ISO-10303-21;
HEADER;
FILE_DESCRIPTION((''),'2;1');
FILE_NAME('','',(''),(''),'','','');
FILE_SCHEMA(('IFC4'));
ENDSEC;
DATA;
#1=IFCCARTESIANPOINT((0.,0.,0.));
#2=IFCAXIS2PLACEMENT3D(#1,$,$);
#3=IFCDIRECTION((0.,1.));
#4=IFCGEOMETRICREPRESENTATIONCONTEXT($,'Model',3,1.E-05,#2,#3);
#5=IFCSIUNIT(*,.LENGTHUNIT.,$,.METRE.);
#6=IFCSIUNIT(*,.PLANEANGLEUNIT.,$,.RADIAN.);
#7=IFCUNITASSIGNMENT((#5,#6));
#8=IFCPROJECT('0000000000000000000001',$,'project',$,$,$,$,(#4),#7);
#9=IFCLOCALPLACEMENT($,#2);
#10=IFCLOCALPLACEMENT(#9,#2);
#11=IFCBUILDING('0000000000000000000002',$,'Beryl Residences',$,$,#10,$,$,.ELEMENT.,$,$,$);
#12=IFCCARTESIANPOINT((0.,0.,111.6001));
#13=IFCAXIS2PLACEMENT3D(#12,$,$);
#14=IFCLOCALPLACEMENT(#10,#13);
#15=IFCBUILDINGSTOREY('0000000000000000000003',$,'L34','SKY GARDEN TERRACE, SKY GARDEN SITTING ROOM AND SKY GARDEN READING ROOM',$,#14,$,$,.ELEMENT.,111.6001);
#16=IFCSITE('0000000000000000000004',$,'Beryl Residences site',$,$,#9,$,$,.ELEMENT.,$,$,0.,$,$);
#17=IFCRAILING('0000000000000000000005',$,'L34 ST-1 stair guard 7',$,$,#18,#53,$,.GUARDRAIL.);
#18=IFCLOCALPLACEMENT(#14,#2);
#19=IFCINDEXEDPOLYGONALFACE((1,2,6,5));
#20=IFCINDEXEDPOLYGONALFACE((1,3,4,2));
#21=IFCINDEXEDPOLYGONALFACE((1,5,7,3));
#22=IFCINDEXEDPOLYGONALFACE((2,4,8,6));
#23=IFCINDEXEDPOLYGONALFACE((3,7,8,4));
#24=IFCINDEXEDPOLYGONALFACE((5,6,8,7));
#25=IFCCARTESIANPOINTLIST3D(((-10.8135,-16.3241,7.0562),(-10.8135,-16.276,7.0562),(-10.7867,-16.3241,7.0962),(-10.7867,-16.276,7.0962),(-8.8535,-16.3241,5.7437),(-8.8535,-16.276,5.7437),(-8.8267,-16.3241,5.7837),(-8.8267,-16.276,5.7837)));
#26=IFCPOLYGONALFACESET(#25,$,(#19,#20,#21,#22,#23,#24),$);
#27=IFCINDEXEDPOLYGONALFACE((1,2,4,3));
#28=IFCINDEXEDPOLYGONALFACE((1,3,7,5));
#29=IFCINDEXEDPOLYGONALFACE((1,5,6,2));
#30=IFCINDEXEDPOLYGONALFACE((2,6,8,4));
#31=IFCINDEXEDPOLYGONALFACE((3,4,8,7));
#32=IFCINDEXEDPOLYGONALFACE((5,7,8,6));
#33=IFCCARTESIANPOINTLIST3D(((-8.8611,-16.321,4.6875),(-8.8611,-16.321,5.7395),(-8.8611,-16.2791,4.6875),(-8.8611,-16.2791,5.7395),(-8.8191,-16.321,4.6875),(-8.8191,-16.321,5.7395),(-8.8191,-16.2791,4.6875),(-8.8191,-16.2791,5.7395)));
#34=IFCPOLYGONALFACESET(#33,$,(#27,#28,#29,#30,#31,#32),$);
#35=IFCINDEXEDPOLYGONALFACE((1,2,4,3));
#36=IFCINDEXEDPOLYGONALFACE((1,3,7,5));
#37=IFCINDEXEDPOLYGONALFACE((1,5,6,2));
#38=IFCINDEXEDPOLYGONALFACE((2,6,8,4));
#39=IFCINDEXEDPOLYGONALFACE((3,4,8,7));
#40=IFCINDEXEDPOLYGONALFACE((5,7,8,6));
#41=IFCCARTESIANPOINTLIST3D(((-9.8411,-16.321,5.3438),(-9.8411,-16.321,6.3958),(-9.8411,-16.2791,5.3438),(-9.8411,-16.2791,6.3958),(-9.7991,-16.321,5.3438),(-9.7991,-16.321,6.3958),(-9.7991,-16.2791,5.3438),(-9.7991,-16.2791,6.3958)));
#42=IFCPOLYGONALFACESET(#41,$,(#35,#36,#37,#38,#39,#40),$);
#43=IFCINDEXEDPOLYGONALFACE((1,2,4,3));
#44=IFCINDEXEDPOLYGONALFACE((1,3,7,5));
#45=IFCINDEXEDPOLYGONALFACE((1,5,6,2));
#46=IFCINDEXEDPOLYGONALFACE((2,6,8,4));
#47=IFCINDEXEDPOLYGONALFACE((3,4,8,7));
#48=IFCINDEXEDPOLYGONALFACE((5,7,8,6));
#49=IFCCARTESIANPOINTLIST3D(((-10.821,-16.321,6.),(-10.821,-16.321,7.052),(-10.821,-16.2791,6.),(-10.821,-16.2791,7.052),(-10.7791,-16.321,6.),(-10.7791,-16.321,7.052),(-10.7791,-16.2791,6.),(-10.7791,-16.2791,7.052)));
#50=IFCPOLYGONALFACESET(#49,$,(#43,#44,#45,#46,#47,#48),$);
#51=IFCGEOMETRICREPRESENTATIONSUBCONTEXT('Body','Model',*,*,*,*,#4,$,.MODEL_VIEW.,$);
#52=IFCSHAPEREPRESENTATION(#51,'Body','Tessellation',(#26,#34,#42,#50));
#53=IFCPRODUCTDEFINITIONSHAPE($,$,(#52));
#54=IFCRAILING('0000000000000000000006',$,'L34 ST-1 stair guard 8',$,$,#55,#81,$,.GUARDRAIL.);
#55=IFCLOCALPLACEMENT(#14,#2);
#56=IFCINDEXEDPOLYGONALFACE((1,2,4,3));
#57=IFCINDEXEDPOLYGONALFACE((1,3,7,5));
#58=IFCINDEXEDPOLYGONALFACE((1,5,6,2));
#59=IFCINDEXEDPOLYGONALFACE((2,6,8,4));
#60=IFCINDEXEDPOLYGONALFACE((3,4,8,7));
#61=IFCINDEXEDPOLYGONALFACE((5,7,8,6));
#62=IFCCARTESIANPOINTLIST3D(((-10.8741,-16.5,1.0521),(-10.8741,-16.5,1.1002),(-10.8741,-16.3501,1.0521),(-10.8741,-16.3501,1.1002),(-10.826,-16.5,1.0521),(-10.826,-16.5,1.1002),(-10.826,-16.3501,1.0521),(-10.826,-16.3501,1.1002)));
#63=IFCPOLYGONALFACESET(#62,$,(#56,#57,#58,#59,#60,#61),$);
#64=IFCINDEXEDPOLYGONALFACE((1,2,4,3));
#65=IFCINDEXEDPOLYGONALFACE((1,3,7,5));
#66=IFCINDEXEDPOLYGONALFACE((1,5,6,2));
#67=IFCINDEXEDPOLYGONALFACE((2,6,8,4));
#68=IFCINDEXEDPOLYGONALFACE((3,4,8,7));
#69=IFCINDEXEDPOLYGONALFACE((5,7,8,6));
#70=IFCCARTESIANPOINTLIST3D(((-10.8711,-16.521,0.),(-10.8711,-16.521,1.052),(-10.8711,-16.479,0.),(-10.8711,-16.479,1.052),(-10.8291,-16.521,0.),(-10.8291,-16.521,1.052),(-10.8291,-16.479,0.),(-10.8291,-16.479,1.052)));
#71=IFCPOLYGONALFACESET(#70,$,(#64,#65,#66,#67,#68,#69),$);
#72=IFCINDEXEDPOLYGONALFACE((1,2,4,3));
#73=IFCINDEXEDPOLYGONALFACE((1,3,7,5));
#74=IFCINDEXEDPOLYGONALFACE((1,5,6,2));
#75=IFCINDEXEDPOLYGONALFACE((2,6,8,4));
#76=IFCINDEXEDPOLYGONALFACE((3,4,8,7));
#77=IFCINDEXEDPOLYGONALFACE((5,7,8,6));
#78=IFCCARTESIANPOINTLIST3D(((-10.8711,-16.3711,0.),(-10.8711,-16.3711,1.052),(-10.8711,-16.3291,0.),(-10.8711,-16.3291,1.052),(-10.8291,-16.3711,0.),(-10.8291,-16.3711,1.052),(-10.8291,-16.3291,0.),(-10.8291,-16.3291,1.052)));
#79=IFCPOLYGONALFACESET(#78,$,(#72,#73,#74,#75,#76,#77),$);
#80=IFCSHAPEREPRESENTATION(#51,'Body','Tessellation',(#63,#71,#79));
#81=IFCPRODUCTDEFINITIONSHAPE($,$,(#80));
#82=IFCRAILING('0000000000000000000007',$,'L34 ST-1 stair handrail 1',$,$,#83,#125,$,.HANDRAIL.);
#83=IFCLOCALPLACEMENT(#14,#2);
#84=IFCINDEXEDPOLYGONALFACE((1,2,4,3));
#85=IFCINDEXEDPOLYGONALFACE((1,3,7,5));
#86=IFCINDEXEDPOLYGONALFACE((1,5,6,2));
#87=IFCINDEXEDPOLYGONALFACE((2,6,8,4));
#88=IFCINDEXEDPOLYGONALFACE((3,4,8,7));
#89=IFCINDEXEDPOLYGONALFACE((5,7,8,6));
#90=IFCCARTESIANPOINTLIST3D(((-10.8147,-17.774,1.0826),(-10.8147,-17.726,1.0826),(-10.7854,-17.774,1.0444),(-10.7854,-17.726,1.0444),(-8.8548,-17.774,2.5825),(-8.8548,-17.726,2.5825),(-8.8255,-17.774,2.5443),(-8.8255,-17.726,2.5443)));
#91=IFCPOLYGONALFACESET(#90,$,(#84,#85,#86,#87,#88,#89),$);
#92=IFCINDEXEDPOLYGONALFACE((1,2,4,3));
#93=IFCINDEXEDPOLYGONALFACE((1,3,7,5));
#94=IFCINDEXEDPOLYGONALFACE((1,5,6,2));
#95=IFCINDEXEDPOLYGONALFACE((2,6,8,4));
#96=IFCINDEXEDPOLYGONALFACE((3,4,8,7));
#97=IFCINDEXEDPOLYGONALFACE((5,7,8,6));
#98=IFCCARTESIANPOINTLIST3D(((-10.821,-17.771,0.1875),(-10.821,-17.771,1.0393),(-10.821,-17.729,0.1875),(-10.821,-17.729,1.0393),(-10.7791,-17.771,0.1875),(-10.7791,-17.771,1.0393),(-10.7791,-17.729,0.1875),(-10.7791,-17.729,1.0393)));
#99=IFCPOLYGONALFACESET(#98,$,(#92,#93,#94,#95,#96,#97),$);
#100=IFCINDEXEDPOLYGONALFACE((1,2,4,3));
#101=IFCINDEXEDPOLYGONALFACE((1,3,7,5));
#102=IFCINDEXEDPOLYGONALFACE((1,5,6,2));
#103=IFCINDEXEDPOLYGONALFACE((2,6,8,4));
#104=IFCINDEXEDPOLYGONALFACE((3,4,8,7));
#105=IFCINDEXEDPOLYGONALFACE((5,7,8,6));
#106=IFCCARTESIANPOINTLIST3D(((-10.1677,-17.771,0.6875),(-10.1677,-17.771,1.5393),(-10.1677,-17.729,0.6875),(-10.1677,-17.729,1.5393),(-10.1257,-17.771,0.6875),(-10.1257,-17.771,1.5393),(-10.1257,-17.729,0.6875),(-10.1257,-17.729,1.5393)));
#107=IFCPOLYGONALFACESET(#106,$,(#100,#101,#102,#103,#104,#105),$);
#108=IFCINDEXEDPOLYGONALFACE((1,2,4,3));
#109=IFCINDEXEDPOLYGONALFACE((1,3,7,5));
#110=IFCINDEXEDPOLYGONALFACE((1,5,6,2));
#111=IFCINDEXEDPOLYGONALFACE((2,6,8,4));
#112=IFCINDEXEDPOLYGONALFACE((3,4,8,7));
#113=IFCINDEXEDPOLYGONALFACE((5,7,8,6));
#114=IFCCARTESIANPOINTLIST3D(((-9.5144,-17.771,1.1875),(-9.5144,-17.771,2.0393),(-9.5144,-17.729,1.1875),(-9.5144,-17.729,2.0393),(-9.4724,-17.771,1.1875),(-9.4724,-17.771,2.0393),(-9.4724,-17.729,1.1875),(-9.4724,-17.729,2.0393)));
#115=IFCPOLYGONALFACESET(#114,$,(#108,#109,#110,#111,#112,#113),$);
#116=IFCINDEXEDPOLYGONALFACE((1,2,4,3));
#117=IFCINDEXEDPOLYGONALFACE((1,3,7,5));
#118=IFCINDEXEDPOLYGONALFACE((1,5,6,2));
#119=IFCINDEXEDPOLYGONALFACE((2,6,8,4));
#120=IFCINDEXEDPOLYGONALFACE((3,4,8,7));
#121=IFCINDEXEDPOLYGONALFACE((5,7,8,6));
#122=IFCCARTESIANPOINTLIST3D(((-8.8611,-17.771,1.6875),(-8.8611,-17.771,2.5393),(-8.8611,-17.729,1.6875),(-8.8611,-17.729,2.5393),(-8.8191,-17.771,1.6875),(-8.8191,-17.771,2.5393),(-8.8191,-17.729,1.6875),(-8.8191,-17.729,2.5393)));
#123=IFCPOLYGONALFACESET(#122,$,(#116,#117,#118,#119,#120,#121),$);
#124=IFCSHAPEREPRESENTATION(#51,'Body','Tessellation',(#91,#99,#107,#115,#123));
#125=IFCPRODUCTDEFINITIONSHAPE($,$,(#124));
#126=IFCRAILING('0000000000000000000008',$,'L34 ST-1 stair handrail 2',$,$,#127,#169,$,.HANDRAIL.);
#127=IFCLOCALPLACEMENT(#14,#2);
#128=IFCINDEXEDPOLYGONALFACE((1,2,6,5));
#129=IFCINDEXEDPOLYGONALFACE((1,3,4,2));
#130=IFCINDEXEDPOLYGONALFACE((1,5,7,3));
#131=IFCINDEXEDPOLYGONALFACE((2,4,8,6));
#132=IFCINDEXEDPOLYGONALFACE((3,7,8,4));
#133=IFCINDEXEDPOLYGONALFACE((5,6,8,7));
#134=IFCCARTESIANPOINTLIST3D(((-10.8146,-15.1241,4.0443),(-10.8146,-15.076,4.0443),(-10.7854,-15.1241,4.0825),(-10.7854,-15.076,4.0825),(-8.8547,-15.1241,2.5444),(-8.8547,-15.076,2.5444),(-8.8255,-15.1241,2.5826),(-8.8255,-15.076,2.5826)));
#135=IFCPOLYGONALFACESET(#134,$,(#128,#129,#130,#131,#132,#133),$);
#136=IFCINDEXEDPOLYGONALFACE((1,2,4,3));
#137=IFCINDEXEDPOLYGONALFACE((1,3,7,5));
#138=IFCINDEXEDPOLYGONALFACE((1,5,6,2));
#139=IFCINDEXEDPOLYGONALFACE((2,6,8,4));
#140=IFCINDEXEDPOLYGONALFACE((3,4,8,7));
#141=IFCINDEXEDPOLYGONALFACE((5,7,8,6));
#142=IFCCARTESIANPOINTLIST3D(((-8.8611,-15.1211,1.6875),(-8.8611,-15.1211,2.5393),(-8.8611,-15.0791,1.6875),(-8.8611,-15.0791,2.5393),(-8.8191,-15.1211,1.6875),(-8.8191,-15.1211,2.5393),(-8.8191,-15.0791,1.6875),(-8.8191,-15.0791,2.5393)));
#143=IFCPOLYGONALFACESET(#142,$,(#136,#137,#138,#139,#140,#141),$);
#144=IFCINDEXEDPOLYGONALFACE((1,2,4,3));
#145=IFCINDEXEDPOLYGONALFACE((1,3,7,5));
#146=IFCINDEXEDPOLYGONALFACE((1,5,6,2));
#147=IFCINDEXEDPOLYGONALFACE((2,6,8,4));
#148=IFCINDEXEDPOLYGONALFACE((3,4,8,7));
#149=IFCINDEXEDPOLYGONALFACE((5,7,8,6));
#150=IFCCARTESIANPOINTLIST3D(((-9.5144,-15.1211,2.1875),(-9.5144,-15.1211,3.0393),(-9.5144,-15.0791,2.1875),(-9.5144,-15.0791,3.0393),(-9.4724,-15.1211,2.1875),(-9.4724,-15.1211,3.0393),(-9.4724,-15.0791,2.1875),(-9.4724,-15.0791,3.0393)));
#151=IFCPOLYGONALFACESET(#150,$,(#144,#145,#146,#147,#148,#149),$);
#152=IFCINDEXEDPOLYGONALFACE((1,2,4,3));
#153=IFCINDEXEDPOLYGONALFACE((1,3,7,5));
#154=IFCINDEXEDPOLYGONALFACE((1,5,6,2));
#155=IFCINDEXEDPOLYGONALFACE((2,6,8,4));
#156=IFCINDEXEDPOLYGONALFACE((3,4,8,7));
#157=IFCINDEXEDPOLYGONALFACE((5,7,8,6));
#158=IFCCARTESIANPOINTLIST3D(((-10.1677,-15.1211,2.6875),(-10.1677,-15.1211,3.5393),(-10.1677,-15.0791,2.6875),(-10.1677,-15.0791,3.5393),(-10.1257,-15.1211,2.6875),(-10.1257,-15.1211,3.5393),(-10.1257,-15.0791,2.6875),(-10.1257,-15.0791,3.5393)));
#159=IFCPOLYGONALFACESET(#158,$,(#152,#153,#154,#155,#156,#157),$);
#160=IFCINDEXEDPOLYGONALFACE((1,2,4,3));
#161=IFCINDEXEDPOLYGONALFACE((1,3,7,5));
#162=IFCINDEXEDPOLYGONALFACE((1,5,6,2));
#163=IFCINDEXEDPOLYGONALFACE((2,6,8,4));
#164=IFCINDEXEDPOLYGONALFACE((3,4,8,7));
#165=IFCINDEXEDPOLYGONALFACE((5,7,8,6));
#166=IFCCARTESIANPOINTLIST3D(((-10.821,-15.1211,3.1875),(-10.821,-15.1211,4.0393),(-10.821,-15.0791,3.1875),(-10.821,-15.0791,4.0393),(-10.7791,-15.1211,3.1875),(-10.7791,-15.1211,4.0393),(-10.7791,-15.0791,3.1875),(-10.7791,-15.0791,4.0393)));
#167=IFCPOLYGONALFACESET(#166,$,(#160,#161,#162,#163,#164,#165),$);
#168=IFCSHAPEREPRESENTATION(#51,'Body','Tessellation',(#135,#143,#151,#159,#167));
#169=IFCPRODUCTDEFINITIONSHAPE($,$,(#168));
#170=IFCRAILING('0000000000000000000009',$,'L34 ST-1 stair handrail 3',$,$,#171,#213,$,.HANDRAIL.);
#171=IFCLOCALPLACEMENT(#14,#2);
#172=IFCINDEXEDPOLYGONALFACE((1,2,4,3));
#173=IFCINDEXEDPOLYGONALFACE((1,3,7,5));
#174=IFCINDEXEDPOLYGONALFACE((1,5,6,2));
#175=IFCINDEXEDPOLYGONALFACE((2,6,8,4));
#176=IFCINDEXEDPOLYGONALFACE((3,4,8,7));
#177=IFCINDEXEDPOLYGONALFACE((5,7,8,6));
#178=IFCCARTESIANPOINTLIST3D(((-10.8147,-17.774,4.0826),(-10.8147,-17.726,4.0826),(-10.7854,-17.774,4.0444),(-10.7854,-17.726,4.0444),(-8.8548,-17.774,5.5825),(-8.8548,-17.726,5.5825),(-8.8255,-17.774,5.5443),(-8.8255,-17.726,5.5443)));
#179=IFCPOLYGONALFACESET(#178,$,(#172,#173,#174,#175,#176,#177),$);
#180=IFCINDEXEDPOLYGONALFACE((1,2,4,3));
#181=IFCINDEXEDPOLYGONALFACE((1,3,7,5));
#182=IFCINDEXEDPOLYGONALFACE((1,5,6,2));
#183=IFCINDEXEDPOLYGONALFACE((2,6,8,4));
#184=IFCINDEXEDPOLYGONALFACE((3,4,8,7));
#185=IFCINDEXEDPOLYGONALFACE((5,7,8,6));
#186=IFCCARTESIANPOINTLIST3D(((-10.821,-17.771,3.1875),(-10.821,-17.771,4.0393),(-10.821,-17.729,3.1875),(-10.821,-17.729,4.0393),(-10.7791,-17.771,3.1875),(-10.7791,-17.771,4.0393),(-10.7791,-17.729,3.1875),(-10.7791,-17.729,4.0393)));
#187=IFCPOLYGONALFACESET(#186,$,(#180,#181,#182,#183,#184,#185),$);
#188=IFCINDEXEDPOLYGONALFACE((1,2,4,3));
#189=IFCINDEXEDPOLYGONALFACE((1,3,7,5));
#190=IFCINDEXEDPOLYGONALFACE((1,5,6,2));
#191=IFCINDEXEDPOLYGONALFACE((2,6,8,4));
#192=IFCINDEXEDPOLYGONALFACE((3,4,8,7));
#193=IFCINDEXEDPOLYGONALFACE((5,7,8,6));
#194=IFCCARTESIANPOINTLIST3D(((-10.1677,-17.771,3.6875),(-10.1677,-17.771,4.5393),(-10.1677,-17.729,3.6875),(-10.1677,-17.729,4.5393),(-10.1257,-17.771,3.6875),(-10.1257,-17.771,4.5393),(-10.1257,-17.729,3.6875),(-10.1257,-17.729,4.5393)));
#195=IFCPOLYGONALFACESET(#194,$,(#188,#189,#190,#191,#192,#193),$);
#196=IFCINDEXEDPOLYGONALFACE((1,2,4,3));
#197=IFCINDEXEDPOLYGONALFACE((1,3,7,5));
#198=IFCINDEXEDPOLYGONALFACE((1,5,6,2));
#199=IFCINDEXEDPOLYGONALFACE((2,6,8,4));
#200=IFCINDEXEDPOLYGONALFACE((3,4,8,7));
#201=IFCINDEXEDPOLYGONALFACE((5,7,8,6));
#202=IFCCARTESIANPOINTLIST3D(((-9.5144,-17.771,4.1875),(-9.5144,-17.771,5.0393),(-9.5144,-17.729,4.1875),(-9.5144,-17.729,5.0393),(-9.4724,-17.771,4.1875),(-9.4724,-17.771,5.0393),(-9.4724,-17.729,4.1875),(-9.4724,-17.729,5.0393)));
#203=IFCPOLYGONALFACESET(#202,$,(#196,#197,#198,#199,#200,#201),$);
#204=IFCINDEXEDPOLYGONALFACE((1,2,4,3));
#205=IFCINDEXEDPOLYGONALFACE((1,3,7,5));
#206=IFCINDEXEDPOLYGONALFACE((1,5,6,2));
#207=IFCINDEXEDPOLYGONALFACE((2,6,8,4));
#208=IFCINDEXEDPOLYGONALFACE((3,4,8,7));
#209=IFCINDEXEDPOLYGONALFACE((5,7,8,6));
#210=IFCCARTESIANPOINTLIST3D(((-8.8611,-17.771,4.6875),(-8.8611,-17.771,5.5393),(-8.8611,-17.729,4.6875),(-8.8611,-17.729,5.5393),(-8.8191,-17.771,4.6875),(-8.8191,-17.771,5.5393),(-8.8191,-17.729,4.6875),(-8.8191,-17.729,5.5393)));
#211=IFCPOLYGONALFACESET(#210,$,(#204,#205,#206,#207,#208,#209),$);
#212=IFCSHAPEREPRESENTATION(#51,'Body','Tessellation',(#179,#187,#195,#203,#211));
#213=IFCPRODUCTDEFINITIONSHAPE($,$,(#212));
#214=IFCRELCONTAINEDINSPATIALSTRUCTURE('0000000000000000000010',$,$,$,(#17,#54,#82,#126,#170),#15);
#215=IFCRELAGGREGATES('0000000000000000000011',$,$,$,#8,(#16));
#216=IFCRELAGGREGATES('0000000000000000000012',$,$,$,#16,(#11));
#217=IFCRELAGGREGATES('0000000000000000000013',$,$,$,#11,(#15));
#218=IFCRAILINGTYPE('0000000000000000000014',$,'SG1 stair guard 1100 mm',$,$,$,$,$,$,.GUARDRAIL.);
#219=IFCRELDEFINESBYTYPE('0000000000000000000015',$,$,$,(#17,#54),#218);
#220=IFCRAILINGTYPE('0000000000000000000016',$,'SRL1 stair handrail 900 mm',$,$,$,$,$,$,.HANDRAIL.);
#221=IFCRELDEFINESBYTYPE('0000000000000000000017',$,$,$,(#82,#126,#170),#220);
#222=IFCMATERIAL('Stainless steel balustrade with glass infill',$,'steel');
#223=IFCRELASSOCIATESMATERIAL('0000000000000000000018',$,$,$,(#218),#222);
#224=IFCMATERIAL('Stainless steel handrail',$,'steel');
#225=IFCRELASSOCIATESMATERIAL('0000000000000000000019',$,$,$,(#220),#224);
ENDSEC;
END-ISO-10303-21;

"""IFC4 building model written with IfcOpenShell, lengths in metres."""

from ifc_helpers import new_model, si_unit, direction, frame, origin, origin_2d, place, context, subcontext, project, spatial, rectangle, extrude, material, type_object, element, save


model = new_model("IFC4")

# Units and contexts
model_context = context("Model", 3, precision=1e-05, world=origin(), true_north=direction((0.0, 1.0)))
body_context = subcontext(model_context, "Body", "Model", "MODEL_VIEW")
ifc_project = project(units=[si_unit("LENGTHUNIT", "METRE"), si_unit("PLANEANGLEUNIT", "RADIAN")], contexts=[model_context])

# Site, building, storey
site_placement = place(None, origin())
site = spatial("IfcSite", under=ifc_project, at=site_placement, Name="Beryl Residences site", CompositionType="ELEMENT", RefElevation=0.0)
building_placement = place(site_placement, origin())
building = spatial("IfcBuilding", under=site, at=building_placement, Name="Beryl Residences", CompositionType="ELEMENT")
storey_placement = place(building_placement, frame((0.0, 0.0, 111.6001)))
storey = spatial("IfcBuildingStorey", under=building, at=storey_placement, Name="L34", Description="SKY GARDEN TERRACE, SKY GARDEN SITTING ROOM AND SKY GARDEN READING ROOM", CompositionType="ELEMENT", Elevation=111.6001)

# Railings
ifc_material_1 = material(Name="Stainless steel balustrade with glass infill", Category="steel")
railing_type_1 = type_object("IfcRailingType", Name="SG1 stair guard 1100 mm", PredefinedType="GUARDRAIL", material=ifc_material_1)
railing_1_placement = place(storey_placement, frame((-8.8401, -16.3, 4.6875)))
element("IfcRailing", 1, at=railing_1_placement, inside=storey, type_object=railing_type_1, Name="L34 ST-1 stair guard 7", PredefinedType="GUARDRAIL", context=body_context, shape_type="SweptSolid", body=[
    extrude(rectangle(XDim=0.0481, YDim=0.0481, at=origin_2d()), frame((0.0, 0.0, 1.0762), z_axis=(-0.830902, 0.0, 0.556419), x_axis=(0.0, -1.0, 0.0)), (0.0, 0.0, 1.0), 2.3589),
    extrude(rectangle(XDim=0.042, YDim=0.042, at=origin_2d()), origin(), (0.0, 0.0, 1.0), 1.052),
    extrude(rectangle(XDim=0.042, YDim=0.042, at=origin_2d()), frame((-0.98, 0.0, 0.6562)), (0.0, 0.0, 1.0), 1.052),
    extrude(rectangle(XDim=0.042, YDim=0.042, at=origin_2d()), frame((-1.96, 0.0, 1.3125)), (0.0, 0.0, 1.0), 1.052),
])
railing_2_placement = place(storey_placement, frame((-10.8501, -16.5, 0.0)))
element("IfcRailing", 2, at=railing_2_placement, inside=storey, type_object=railing_type_1, Name="L34 ST-1 stair guard 8", PredefinedType="GUARDRAIL", context=body_context, shape_type="SweptSolid", body=[
    extrude(rectangle(XDim=0.0481, YDim=0.0481, at=origin_2d()), frame((0.0, 0.0, 1.0762), z_axis=(0.0, 1.0, 0.0), x_axis=(-1.0, 0.0, 0.0)), (0.0, 0.0, 1.0), 0.1499),
    extrude(rectangle(XDim=0.042, YDim=0.042, at=origin_2d()), origin(), (0.0, 0.0, 1.0), 1.052),
    extrude(rectangle(XDim=0.042, YDim=0.042, at=origin_2d()), frame((0.0, 0.1499, 0.0)), (0.0, 0.0, 1.0), 1.052),
])
ifc_material_2 = material(Name="Stainless steel handrail", Category="steel")
railing_type_2 = type_object("IfcRailingType", Name="SRL1 stair handrail 900 mm", PredefinedType="HANDRAIL", material=ifc_material_2)
railing_3_placement = place(storey_placement, frame((-10.8, -17.75, 0.1875)))
element("IfcRailing", 3, at=railing_3_placement, inside=storey, type_object=railing_type_2, Name="L34 ST-1 stair handrail 1", PredefinedType="HANDRAIL", context=body_context, shape_type="SweptSolid", body=[
    extrude(rectangle(XDim=0.0481, YDim=0.0481, at=origin_2d()), frame((0.0, 0.0, 0.876), z_axis=(0.794122, 0.0, 0.607758), x_axis=(0.0, 1.0, 0.0)), (0.0, 0.0, 1.0), 2.468),
    extrude(rectangle(XDim=0.042, YDim=0.042, at=origin_2d()), origin(), (0.0, 0.0, 1.0), 0.8518),
    extrude(rectangle(XDim=0.042, YDim=0.042, at=origin_2d()), frame((0.6533, 0.0, 0.5)), (0.0, 0.0, 1.0), 0.8518),
    extrude(rectangle(XDim=0.042, YDim=0.042, at=origin_2d()), frame((1.3066, 0.0, 1.0)), (0.0, 0.0, 1.0), 0.8518),
    extrude(rectangle(XDim=0.042, YDim=0.042, at=origin_2d()), frame((1.96, 0.0, 1.5)), (0.0, 0.0, 1.0), 0.8518),
])
railing_4_placement = place(storey_placement, frame((-8.8401, -15.1001, 1.6875)))
element("IfcRailing", 4, at=railing_4_placement, inside=storey, type_object=railing_type_2, Name="L34 ST-1 stair handrail 2", PredefinedType="HANDRAIL", context=body_context, shape_type="SweptSolid", body=[
    extrude(rectangle(XDim=0.0481, YDim=0.0481, at=origin_2d()), frame((0.0, 0.0, 0.876), z_axis=(-0.794122, 0.0, 0.607758), x_axis=(0.0, -1.0, 0.0)), (0.0, 0.0, 1.0), 2.468),
    extrude(rectangle(XDim=0.042, YDim=0.042, at=origin_2d()), origin(), (0.0, 0.0, 1.0), 0.8518),
    extrude(rectangle(XDim=0.042, YDim=0.042, at=origin_2d()), frame((-0.6533, 0.0, 0.5)), (0.0, 0.0, 1.0), 0.8518),
    extrude(rectangle(XDim=0.042, YDim=0.042, at=origin_2d()), frame((-1.3066, 0.0, 1.0)), (0.0, 0.0, 1.0), 0.8518),
    extrude(rectangle(XDim=0.042, YDim=0.042, at=origin_2d()), frame((-1.96, 0.0, 1.5)), (0.0, 0.0, 1.0), 0.8518),
])
railing_5_placement = place(storey_placement, frame((-10.8, -17.75, 3.1875)))
element("IfcRailing", 5, at=railing_5_placement, inside=storey, type_object=railing_type_2, Name="L34 ST-1 stair handrail 3", PredefinedType="HANDRAIL", context=body_context, shape_type="SweptSolid", body=[
    extrude(rectangle(XDim=0.0481, YDim=0.0481, at=origin_2d()), frame((0.0, 0.0, 0.876), z_axis=(0.794122, 0.0, 0.607758), x_axis=(0.0, 1.0, 0.0)), (0.0, 0.0, 1.0), 2.468),
    extrude(rectangle(XDim=0.042, YDim=0.042, at=origin_2d()), origin(), (0.0, 0.0, 1.0), 0.8518),
    extrude(rectangle(XDim=0.042, YDim=0.042, at=origin_2d()), frame((0.6533, 0.0, 0.5)), (0.0, 0.0, 1.0), 0.8518),
    extrude(rectangle(XDim=0.042, YDim=0.042, at=origin_2d()), frame((1.3066, 0.0, 1.0)), (0.0, 0.0, 1.0), 0.8518),
    extrude(rectangle(XDim=0.042, YDim=0.042, at=origin_2d()), frame((1.96, 0.0, 1.5)), (0.0, 0.0, 1.0), 0.8518),
])

save(model, "model.ifc")
